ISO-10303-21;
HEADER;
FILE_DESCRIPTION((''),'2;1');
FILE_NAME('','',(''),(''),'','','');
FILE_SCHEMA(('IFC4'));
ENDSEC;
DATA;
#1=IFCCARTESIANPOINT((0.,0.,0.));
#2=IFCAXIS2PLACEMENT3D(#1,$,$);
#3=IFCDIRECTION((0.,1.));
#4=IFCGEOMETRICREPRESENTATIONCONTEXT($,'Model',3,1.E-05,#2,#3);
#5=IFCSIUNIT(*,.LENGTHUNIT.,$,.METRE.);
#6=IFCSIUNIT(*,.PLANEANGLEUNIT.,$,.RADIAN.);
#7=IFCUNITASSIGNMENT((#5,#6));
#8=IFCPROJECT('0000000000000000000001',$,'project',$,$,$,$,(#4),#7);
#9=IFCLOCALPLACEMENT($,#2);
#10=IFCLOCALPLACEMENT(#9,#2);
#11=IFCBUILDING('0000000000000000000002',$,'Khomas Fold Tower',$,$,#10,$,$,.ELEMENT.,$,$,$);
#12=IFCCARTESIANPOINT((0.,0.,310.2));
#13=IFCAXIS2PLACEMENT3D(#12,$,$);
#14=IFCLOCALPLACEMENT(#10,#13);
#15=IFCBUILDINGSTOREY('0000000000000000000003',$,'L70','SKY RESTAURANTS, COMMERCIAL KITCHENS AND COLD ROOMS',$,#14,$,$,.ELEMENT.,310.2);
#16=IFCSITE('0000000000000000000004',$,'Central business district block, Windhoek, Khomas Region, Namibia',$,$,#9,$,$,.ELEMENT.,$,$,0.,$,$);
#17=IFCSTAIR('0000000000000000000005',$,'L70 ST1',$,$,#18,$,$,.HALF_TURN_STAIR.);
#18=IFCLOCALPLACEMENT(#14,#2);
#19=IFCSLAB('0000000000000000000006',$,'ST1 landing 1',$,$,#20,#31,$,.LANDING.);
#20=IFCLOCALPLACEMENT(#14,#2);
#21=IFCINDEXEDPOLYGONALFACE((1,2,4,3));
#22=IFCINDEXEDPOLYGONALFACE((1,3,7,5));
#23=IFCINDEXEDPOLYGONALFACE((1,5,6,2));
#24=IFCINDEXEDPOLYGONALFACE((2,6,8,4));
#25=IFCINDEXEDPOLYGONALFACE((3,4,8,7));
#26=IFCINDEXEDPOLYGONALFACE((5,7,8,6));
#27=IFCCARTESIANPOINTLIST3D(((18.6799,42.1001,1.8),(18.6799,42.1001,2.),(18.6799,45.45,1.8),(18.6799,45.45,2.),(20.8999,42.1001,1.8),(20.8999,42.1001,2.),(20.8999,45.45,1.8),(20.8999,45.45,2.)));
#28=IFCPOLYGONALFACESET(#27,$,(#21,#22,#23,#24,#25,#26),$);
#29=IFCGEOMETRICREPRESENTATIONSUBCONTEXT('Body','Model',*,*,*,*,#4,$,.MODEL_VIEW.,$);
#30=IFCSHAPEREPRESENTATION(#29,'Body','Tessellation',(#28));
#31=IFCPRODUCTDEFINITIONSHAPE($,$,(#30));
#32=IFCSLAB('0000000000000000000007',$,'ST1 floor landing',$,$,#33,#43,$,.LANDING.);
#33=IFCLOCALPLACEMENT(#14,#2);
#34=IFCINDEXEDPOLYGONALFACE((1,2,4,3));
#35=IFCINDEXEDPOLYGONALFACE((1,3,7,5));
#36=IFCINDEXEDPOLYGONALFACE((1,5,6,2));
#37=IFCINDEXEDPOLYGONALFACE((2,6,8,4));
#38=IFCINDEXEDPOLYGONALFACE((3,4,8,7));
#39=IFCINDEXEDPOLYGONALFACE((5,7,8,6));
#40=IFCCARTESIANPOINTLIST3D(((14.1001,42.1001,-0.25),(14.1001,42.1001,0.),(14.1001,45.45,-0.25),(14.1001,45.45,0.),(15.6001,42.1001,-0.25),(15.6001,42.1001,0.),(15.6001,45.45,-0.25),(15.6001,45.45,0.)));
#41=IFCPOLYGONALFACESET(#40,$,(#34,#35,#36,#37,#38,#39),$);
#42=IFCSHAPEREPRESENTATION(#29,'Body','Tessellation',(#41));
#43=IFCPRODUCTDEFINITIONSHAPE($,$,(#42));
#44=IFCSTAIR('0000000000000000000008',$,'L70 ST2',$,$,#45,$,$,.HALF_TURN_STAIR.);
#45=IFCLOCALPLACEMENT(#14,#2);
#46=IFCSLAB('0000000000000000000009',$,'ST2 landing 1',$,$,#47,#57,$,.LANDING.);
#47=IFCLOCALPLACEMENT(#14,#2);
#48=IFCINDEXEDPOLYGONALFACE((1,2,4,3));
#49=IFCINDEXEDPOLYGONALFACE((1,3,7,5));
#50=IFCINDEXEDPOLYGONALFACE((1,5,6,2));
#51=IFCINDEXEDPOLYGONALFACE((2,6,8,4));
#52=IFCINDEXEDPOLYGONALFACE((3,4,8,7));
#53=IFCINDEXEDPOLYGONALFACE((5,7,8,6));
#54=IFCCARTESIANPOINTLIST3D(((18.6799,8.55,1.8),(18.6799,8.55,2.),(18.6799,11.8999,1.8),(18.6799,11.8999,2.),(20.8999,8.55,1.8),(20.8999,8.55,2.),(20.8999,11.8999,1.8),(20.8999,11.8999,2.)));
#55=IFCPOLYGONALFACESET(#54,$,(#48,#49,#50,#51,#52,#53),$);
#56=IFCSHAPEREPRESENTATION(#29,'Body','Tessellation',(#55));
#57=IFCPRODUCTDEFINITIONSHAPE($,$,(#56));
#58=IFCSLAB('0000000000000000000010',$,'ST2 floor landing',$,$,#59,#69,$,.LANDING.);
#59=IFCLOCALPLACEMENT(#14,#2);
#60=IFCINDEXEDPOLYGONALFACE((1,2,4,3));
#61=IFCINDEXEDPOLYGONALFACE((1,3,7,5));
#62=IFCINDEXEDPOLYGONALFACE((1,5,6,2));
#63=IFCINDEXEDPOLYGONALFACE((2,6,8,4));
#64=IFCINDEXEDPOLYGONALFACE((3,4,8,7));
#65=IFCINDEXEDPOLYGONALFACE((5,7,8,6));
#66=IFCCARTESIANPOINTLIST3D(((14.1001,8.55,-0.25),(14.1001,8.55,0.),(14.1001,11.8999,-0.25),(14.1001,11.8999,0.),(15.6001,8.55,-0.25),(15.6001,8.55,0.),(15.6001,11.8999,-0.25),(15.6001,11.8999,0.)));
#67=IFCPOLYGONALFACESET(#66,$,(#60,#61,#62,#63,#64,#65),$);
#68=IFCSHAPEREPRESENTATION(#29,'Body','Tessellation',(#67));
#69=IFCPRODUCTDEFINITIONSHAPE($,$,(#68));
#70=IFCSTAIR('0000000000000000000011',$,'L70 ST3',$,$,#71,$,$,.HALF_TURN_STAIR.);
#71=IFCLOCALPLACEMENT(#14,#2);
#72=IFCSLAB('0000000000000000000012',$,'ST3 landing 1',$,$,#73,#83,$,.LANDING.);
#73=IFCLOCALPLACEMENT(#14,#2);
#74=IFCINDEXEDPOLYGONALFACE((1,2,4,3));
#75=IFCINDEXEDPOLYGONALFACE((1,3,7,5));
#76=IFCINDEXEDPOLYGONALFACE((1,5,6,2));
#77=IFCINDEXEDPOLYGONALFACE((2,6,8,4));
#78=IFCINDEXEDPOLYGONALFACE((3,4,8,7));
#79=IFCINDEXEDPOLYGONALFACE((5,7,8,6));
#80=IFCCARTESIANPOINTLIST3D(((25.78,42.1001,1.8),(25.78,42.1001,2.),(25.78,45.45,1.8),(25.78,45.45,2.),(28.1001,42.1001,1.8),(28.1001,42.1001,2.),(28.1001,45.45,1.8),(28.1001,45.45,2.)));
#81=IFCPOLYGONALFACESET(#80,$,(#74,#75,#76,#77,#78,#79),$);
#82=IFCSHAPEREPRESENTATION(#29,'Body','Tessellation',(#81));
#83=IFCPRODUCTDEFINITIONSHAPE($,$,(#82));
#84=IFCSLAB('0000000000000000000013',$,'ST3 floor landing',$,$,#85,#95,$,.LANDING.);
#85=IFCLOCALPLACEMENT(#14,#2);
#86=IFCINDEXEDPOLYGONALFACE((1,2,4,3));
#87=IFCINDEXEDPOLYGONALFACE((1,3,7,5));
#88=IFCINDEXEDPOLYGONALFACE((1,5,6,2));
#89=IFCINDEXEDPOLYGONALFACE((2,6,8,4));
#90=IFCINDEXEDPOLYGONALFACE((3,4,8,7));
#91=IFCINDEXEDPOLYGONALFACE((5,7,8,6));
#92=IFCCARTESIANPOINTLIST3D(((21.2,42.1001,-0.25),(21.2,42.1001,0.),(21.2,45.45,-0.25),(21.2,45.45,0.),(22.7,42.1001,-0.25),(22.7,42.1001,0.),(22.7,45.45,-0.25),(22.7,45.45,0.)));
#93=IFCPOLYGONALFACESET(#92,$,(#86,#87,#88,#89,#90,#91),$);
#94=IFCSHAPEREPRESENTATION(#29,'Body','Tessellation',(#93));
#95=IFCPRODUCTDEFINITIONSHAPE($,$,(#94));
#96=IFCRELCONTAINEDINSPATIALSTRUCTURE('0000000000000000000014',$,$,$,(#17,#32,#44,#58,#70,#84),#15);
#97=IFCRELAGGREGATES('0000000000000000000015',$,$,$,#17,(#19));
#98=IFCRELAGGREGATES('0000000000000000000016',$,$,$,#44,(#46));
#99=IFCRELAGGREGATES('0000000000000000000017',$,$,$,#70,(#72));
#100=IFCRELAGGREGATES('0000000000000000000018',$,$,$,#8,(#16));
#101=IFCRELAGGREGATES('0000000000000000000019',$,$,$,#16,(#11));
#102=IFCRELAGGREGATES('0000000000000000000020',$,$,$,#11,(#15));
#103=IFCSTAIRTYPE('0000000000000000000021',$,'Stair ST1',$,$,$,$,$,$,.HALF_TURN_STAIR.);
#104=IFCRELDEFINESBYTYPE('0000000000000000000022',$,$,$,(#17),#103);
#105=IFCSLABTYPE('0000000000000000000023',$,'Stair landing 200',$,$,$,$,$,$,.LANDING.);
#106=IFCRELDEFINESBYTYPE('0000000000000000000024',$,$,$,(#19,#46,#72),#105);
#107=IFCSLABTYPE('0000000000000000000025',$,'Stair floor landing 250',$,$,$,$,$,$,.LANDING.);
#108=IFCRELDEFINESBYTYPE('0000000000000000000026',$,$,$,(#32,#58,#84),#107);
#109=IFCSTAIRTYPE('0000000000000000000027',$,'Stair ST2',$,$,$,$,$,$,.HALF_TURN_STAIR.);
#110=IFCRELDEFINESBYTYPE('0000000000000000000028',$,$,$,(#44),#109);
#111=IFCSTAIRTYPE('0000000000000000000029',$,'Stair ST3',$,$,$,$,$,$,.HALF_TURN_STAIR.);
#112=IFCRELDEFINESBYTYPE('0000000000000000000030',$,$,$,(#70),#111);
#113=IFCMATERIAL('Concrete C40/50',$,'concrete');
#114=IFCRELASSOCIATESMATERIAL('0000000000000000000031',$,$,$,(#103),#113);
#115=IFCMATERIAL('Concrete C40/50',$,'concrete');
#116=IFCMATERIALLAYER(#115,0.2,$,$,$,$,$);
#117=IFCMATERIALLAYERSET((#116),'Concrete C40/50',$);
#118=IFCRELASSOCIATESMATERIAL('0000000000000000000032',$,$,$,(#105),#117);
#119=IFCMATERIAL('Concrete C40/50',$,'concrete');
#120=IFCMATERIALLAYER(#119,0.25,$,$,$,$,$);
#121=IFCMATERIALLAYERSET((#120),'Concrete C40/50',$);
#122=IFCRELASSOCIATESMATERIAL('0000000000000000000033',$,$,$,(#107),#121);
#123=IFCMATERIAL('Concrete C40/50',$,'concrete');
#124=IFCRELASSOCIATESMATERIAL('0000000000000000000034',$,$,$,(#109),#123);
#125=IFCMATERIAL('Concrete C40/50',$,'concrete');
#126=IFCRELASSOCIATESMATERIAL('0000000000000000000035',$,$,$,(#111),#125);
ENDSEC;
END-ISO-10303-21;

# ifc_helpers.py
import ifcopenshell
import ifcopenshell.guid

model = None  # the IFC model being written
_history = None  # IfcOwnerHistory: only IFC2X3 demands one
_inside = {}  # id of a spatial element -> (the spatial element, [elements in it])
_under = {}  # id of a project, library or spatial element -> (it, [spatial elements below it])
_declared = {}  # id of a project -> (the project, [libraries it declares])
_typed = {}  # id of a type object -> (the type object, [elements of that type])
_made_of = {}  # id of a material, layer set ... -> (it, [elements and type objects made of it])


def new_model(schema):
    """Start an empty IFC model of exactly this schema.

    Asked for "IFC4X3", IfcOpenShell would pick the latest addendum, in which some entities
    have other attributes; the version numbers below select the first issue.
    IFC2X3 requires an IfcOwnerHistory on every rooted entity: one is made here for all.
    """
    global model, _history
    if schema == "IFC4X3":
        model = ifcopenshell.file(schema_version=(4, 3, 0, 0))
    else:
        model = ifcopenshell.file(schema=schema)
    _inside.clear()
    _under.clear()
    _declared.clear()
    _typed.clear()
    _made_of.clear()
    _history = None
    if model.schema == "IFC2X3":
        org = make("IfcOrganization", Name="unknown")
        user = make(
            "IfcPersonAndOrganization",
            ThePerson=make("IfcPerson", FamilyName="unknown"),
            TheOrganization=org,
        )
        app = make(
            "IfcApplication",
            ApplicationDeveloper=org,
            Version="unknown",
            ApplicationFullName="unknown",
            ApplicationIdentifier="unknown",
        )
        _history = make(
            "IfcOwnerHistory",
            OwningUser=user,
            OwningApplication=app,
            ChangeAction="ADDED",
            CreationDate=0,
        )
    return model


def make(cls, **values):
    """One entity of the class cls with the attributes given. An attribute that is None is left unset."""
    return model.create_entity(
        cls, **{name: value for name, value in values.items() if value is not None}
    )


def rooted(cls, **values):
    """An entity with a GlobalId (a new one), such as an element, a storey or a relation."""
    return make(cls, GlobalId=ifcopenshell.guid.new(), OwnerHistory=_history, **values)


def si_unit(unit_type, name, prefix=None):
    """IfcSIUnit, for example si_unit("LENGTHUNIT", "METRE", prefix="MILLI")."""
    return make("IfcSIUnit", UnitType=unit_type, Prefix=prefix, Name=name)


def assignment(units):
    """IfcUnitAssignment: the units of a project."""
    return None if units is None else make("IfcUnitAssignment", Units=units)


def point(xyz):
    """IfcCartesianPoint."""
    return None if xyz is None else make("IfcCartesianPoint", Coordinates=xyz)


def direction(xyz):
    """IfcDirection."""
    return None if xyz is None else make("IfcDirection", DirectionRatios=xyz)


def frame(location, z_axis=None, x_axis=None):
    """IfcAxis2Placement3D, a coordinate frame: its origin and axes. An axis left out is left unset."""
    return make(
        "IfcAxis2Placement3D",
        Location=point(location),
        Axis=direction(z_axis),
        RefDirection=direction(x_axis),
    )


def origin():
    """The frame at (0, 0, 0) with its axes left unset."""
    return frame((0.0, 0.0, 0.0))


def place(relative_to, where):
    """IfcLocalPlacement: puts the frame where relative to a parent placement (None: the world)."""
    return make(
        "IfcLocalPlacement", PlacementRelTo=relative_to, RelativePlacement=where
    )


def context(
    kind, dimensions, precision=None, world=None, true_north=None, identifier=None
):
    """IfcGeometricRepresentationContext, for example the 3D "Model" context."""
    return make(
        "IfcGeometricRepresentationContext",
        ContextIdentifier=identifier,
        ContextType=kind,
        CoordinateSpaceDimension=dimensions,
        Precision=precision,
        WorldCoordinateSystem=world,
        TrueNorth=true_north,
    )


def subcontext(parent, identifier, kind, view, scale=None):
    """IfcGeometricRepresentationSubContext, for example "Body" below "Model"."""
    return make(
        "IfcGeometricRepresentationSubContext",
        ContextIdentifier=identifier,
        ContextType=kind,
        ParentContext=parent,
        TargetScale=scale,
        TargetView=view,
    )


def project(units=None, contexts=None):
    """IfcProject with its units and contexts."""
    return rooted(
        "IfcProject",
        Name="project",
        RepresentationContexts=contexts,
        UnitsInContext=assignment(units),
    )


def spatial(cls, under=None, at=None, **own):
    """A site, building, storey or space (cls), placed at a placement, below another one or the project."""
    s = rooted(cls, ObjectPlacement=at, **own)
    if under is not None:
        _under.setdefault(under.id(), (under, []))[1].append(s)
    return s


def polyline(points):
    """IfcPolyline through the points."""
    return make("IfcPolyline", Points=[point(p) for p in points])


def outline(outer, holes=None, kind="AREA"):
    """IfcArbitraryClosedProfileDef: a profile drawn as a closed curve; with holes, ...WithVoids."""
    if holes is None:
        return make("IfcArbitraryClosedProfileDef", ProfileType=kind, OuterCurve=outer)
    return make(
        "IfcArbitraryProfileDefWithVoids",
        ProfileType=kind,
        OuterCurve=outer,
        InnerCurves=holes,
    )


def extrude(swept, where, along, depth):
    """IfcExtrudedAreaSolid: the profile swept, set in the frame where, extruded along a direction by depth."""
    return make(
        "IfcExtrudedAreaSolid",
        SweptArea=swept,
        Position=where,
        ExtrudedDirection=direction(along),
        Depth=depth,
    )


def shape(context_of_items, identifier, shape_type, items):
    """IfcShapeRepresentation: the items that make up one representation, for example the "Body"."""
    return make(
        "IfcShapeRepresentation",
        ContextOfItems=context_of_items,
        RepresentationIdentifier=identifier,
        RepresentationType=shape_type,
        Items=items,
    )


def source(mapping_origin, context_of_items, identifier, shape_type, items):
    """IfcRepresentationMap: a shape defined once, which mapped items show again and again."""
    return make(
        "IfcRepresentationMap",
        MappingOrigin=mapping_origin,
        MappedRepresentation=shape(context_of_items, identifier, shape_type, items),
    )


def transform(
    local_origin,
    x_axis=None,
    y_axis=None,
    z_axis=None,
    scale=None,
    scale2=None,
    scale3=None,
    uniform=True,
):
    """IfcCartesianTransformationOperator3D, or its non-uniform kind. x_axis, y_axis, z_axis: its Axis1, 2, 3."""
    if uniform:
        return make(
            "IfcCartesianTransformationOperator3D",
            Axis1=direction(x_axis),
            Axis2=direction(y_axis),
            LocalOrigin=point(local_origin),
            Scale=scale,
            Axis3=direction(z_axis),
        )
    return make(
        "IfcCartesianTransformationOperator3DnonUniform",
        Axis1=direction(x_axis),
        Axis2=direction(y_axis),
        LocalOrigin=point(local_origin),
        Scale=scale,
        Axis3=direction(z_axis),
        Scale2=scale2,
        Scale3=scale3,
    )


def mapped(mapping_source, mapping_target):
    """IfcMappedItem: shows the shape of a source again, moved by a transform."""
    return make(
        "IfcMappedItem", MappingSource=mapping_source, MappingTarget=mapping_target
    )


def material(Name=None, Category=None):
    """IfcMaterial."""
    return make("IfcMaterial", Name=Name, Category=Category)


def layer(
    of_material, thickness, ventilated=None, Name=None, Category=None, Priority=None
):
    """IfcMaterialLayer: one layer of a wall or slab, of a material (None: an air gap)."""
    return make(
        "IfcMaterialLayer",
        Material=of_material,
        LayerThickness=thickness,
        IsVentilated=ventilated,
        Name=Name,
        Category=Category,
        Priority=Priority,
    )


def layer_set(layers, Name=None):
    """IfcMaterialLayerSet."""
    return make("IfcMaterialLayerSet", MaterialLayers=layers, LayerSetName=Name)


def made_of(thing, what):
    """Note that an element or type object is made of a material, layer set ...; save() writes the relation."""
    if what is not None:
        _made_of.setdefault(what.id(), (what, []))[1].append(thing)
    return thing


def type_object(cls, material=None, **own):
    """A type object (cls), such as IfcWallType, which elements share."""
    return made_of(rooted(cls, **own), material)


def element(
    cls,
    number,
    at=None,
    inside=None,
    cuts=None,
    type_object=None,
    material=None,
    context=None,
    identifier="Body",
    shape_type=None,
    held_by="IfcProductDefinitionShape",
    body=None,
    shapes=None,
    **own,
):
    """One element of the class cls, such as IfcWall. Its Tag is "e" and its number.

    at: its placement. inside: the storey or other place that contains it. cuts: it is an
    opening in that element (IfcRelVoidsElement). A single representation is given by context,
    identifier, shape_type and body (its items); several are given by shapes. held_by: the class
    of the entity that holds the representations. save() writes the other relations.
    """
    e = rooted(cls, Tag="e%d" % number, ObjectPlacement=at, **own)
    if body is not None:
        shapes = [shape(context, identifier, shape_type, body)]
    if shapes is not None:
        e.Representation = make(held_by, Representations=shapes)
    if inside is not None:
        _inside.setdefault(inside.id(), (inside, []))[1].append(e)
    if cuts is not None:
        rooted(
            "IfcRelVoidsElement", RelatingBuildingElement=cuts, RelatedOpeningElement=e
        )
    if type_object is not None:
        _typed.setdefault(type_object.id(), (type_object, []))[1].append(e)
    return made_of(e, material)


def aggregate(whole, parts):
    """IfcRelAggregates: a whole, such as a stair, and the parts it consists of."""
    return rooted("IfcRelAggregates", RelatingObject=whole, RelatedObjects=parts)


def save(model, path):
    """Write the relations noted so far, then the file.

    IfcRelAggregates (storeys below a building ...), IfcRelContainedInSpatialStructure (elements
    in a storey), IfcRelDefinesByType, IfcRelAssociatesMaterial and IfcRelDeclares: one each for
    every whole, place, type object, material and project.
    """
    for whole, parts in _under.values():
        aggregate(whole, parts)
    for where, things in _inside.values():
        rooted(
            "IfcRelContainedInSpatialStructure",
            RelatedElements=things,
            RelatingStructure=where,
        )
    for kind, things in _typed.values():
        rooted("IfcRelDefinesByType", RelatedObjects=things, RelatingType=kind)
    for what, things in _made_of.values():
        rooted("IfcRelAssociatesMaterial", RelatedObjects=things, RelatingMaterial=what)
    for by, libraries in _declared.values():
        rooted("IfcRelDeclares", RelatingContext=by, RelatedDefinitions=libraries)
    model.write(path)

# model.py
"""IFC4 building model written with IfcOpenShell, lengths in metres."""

from ifc_helpers import new_model, si_unit, direction, frame, origin, place, context, subcontext, project, spatial, polyline, outline, extrude, source, transform, mapped, material, layer, layer_set, type_object, element, aggregate, save


model = new_model("IFC4")

# Units and contexts
model_context = context("Model", 3, precision=1e-05, world=origin(), true_north=direction((0.0, 1.0)))
body_context = subcontext(model_context, "Body", "Model", "MODEL_VIEW")
ifc_project = project(units=[si_unit("LENGTHUNIT", "METRE"), si_unit("PLANEANGLEUNIT", "RADIAN")], contexts=[model_context])

# Site, building, storey
site_placement = place(None, origin())
site = spatial("IfcSite", under=ifc_project, at=site_placement, Name="Central business district block, Windhoek, Khomas Region, Namibia", CompositionType="ELEMENT", RefElevation=0.0)
building_placement = place(site_placement, origin())
building = spatial("IfcBuilding", under=site, at=building_placement, Name="Khomas Fold Tower", CompositionType="ELEMENT")
storey_placement = place(building_placement, frame((0.0, 0.0, 310.2)))
storey = spatial("IfcBuildingStorey", under=building, at=storey_placement, Name="L70", Description="SKY RESTAURANTS, COMMERCIAL KITCHENS AND COLD ROOMS", CompositionType="ELEMENT", Elevation=310.2)

# Stair, slab
ifc_material_1 = material(Name="Concrete C40/50", Category="concrete")
stair_type_1 = type_object("IfcStairType", Name="Stair ST1", PredefinedType="HALF_TURN_STAIR", material=ifc_material_1)
stair_1_placement = place(storey_placement, origin())
stair_1 = element("IfcStair", 1, at=stair_1_placement, inside=storey, type_object=stair_type_1, Name="L70 ST1", PredefinedType="HALF_TURN_STAIR")
ifc_material_2 = material(Name="Concrete C40/50", Category="concrete")
ifc_layer_1 = layer(ifc_material_2, 0.2)
ifc_layer_set_1 = layer_set([ifc_layer_1], Name="Concrete C40/50")
slab_type_1 = type_object("IfcSlabType", Name="Stair landing 200", PredefinedType="LANDING", material=ifc_layer_set_1)
shared_shape_1 = source(origin(), body_context, "Body", "SweptSolid", [
    extrude(outline(polyline([(18.6799, 42.1001), (20.8999, 42.1001), (20.8999, 45.45), (18.6799, 45.45), (18.6799, 42.1001)])), origin(), (0.0, 0.0, 1.0), 0.2),
])
slab_1_placement = place(storey_placement, frame((0.0, 0.0, 1.8)))
slab_1 = element("IfcSlab", 2, at=slab_1_placement, type_object=slab_type_1, Name="ST1 landing 1", PredefinedType="LANDING", context=body_context, shape_type="MappedRepresentation", body=[
    mapped(shared_shape_1, transform((0.0, 0.0, 0.0))),
])
aggregate(stair_1, [slab_1])

# Slab
ifc_material_3 = material(Name="Concrete C40/50", Category="concrete")
ifc_layer_2 = layer(ifc_material_3, 0.25)
ifc_layer_set_2 = layer_set([ifc_layer_2], Name="Concrete C40/50")
slab_type_2 = type_object("IfcSlabType", Name="Stair floor landing 250", PredefinedType="LANDING", material=ifc_layer_set_2)
shared_shape_2 = source(origin(), body_context, "Body", "SweptSolid", [
    extrude(outline(polyline([(15.6001, 42.1001), (14.1001, 42.1001), (14.1001, 45.45), (15.6001, 45.45), (15.6001, 42.1001)])), origin(), (0.0, 0.0, 1.0), 0.25),
])
slab_2_placement = place(storey_placement, frame((0.0, 0.0, -0.25)))
element("IfcSlab", 3, at=slab_2_placement, inside=storey, type_object=slab_type_2, Name="ST1 floor landing", PredefinedType="LANDING", context=body_context, shape_type="MappedRepresentation", body=[
    mapped(shared_shape_2, transform((0.0, 0.0, 0.0))),
])

# Stair, slab
ifc_material_4 = material(Name="Concrete C40/50", Category="concrete")
stair_type_2 = type_object("IfcStairType", Name="Stair ST2", PredefinedType="HALF_TURN_STAIR", material=ifc_material_4)
stair_2_placement = place(storey_placement, origin())
stair_2 = element("IfcStair", 4, at=stair_2_placement, inside=storey, type_object=stair_type_2, Name="L70 ST2", PredefinedType="HALF_TURN_STAIR")
shared_shape_3 = source(origin(), body_context, "Body", "SweptSolid", [
    extrude(outline(polyline([(18.6799, 8.55), (20.8999, 8.55), (20.8999, 11.8999), (18.6799, 11.8999), (18.6799, 8.55)])), origin(), (0.0, 0.0, 1.0), 0.2),
])
slab_3_placement = place(storey_placement, frame((0.0, 0.0, 1.8)))
slab_3 = element("IfcSlab", 5, at=slab_3_placement, type_object=slab_type_1, Name="ST2 landing 1", PredefinedType="LANDING", context=body_context, shape_type="MappedRepresentation", body=[
    mapped(shared_shape_3, transform((0.0, 0.0, 0.0))),
])
aggregate(stair_2, [slab_3])

# Slab
shared_shape_4 = source(origin(), body_context, "Body", "SweptSolid", [
    extrude(outline(polyline([(15.6001, 8.55), (14.1001, 8.55), (14.1001, 11.8999), (15.6001, 11.8999), (15.6001, 8.55)])), origin(), (0.0, 0.0, 1.0), 0.25),
])
slab_4_placement = place(storey_placement, frame((0.0, 0.0, -0.25)))
element("IfcSlab", 6, at=slab_4_placement, inside=storey, type_object=slab_type_2, Name="ST2 floor landing", PredefinedType="LANDING", context=body_context, shape_type="MappedRepresentation", body=[
    mapped(shared_shape_4, transform((0.0, 0.0, 0.0))),
])

# Stair, slab
ifc_material_5 = material(Name="Concrete C40/50", Category="concrete")
stair_type_3 = type_object("IfcStairType", Name="Stair ST3", PredefinedType="HALF_TURN_STAIR", material=ifc_material_5)
stair_3_placement = place(storey_placement, origin())
stair_3 = element("IfcStair", 7, at=stair_3_placement, inside=storey, type_object=stair_type_3, Name="L70 ST3", PredefinedType="HALF_TURN_STAIR")
shared_shape_5 = source(origin(), body_context, "Body", "SweptSolid", [
    extrude(outline(polyline([(25.78, 42.1001), (28.1001, 42.1001), (28.1001, 45.45), (25.78, 45.45), (25.78, 42.1001)])), origin(), (0.0, 0.0, 1.0), 0.2),
])
slab_5_placement = place(storey_placement, frame((0.0, 0.0, 1.8)))
slab_5 = element("IfcSlab", 8, at=slab_5_placement, type_object=slab_type_1, Name="ST3 landing 1", PredefinedType="LANDING", context=body_context, shape_type="MappedRepresentation", body=[
    mapped(shared_shape_5, transform((0.0, 0.0, 0.0))),
])
aggregate(stair_3, [slab_5])

# Slab
shared_shape_6 = source(origin(), body_context, "Body", "SweptSolid", [
    extrude(outline(polyline([(22.7, 42.1001), (21.2, 42.1001), (21.2, 45.45), (22.7, 45.45), (22.7, 42.1001)])), origin(), (0.0, 0.0, 1.0), 0.25),
])
slab_6_placement = place(storey_placement, frame((0.0, 0.0, -0.25)))
element("IfcSlab", 9, at=slab_6_placement, inside=storey, type_object=slab_type_2, Name="ST3 floor landing", PredefinedType="LANDING", context=body_context, shape_type="MappedRepresentation", body=[
    mapped(shared_shape_6, transform((0.0, 0.0, 0.0))),
])

save(model, "model.ifc")
